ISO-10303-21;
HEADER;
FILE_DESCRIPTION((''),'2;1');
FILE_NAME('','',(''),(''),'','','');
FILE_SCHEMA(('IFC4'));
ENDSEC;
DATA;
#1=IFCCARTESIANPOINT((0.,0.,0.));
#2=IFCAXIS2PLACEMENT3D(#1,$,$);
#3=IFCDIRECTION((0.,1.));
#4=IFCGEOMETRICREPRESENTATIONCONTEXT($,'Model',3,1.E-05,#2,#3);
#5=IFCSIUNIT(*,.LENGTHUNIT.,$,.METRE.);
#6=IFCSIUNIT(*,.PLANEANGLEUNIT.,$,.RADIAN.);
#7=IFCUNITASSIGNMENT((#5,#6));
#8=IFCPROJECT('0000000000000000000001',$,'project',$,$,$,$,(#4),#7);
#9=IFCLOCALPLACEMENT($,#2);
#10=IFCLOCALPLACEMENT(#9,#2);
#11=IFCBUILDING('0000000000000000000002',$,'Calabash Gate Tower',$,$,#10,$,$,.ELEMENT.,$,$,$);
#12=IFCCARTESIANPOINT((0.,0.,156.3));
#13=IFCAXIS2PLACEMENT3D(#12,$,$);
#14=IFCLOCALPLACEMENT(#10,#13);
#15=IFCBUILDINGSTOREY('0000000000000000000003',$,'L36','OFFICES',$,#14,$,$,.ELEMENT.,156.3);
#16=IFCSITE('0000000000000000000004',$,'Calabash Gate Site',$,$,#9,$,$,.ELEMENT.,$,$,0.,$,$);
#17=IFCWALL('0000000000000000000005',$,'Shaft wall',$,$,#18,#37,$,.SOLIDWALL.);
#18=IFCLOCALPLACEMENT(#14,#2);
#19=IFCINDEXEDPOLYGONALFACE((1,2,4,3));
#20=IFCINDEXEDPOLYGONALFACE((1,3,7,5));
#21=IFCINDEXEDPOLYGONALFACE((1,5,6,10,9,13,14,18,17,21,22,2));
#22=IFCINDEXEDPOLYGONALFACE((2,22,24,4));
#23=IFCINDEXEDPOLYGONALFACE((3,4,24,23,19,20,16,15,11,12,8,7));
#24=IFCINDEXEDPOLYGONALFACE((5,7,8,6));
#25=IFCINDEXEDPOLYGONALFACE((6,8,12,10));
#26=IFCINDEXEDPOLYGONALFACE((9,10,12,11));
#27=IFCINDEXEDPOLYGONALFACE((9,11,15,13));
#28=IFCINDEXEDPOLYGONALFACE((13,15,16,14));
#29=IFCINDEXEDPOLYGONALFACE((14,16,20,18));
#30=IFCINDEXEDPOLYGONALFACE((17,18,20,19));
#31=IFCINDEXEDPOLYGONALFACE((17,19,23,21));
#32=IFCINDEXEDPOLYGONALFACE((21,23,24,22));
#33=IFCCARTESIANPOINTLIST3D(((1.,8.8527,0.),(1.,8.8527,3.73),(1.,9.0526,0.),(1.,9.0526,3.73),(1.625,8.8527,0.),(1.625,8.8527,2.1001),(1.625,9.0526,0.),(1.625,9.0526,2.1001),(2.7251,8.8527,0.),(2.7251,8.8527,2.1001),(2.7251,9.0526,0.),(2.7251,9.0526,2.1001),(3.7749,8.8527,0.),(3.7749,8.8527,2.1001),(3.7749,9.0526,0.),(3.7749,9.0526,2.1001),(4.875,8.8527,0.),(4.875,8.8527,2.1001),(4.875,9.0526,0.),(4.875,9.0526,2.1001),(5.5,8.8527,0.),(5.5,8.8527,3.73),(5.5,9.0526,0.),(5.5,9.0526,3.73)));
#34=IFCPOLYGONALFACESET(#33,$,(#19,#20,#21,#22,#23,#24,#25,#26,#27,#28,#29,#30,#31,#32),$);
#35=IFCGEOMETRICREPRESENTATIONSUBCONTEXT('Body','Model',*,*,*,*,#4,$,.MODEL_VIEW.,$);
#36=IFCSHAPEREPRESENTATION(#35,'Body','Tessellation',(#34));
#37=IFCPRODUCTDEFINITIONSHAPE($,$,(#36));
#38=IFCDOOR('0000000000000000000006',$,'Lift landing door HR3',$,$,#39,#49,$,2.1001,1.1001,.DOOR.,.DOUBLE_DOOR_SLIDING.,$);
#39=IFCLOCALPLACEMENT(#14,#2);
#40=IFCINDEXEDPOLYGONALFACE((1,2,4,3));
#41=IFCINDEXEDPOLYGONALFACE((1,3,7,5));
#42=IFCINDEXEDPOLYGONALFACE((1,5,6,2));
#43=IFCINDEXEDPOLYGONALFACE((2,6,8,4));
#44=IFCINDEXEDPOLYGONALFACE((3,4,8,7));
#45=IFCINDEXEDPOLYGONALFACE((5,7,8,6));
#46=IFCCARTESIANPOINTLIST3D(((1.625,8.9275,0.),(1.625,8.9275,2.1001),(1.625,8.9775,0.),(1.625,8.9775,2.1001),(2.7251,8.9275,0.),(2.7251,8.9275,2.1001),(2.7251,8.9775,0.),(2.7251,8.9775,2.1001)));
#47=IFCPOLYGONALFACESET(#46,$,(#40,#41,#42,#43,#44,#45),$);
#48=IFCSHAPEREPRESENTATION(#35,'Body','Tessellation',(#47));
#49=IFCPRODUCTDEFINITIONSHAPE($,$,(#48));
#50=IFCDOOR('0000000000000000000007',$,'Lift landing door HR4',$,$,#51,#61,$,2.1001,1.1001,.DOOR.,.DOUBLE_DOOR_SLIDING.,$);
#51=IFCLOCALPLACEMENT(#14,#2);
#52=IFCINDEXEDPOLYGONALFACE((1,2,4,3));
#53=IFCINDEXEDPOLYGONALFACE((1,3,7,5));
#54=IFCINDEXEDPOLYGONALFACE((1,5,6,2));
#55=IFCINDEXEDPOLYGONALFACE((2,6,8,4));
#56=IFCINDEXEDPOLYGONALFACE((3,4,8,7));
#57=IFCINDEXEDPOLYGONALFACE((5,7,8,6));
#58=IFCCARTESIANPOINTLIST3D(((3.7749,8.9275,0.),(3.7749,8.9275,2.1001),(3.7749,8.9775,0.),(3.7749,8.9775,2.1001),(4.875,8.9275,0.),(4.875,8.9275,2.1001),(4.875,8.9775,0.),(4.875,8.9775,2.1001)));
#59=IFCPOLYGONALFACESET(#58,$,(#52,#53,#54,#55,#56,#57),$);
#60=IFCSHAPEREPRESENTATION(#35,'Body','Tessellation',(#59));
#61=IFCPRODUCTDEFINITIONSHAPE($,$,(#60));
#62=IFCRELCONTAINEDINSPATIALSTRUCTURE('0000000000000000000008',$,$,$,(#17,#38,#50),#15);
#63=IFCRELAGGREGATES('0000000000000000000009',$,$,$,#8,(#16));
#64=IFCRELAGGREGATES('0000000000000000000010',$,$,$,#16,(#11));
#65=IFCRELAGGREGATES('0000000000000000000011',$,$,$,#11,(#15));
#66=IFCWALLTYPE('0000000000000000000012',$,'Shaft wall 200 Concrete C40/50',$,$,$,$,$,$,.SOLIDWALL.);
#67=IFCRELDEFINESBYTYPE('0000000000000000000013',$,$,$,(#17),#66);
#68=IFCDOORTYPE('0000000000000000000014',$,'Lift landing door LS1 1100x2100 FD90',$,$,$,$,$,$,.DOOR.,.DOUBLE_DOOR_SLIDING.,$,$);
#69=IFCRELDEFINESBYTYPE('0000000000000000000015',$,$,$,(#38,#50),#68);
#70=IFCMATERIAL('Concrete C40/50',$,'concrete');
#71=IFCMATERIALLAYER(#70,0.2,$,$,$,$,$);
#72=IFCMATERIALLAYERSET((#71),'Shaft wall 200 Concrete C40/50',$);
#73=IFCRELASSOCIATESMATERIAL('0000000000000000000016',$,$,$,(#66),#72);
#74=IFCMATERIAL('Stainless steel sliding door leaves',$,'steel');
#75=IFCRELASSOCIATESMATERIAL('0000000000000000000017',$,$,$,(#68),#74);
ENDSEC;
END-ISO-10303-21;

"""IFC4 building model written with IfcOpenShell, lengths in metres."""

from ifc_helpers import new_model, si_unit, direction, frame, frame_2d, origin, place, context, subcontext, project, spatial, rectangle, extrude, material, layer, layer_set, type_object, element, fill, save


model = new_model("IFC4")

# Units and contexts
model_context = context("Model", 3, precision=1e-05, world=origin(), true_north=direction((0.0, 1.0)))
body_context = subcontext(model_context, "Body", "Model", "MODEL_VIEW")
ifc_project = project(units=[si_unit("LENGTHUNIT", "METRE"), si_unit("PLANEANGLEUNIT", "RADIAN")], contexts=[model_context])

# Site, building, storey
site_placement = place(None, origin())
site = spatial("IfcSite", under=ifc_project, at=site_placement, Name="Calabash Gate Site", CompositionType="ELEMENT", RefElevation=0.0)
building_placement = place(site_placement, origin())
building = spatial("IfcBuilding", under=site, at=building_placement, Name="Calabash Gate Tower", CompositionType="ELEMENT")
storey_placement = place(building_placement, frame((0.0, 0.0, 156.3)))
storey = spatial("IfcBuildingStorey", under=building, at=storey_placement, Name="L36", Description="OFFICES", CompositionType="ELEMENT", Elevation=156.3)

# Shared definitions
ifc_material_1 = material(Name="Concrete C40/50", Category="concrete")
ifc_layer_1 = layer(ifc_material_1, 0.2)
ifc_layer_set_1 = layer_set([ifc_layer_1], Name="Shaft wall 200 Concrete C40/50")
wall_type_1 = type_object("IfcWallType", Name="Shaft wall 200 Concrete C40/50", PredefinedType="SOLIDWALL", material=ifc_layer_set_1)

# Wall, openings, doors
wall_1_placement = place(storey_placement, frame((1.0, 8.9526, 0.0), z_axis=(0.0, 0.0, 1.0), x_axis=(1.0, 0.0, 0.0)))
wall_1 = element("IfcWall", 1, at=wall_1_placement, inside=storey, type_object=wall_type_1, Name="Shaft wall", PredefinedType="SOLIDWALL", context=body_context, shape_type="SweptSolid", body=[
    extrude(rectangle(XDim=4.5, YDim=0.2, at=frame_2d((2.25, 0.0))), origin(), (0.0, 0.0, 1.0), 3.73),
])
opening_1_placement = place(wall_1_placement, frame((0.625, 0.0, 0.0)))
opening_1 = element("IfcOpeningElement", 2, at=opening_1_placement, cuts=wall_1, PredefinedType="OPENING", context=body_context, shape_type="SweptSolid", body=[
    extrude(rectangle(XDim=1.1001, YDim=2.1001, at=frame_2d((0.55, 1.05))), frame((0.0, 0.1099, 0.0), z_axis=(0.0, -1.0, 0.0), x_axis=(1.0, 0.0, 0.0)), (0.0, 0.0, 1.0), 0.22),
])
opening_2_placement = place(wall_1_placement, frame((2.7749, 0.0, 0.0)))
opening_2 = element("IfcOpeningElement", 3, at=opening_2_placement, cuts=wall_1, PredefinedType="OPENING", context=body_context, shape_type="SweptSolid", body=[
    extrude(rectangle(XDim=1.1001, YDim=2.1001, at=frame_2d((0.55, 1.05))), frame((0.0, 0.1099, 0.0), z_axis=(0.0, -1.0, 0.0), x_axis=(1.0, 0.0, 0.0)), (0.0, 0.0, 1.0), 0.22),
])
ifc_material_2 = material(Name="Stainless steel sliding door leaves", Category="steel")
door_type_1 = type_object("IfcDoorType", Name="Lift landing door LS1 1100x2100 FD90", OperationType="DOUBLE_DOOR_SLIDING", PredefinedType="DOOR", material=ifc_material_2)
door_1_placement = place(opening_1_placement, origin())
door_1 = element("IfcDoor", 4, at=door_1_placement, inside=storey, type_object=door_type_1, Name="Lift landing door HR3", OperationType="DOUBLE_DOOR_SLIDING", OverallHeight=2.1001, OverallWidth=1.1001, PredefinedType="DOOR", context=body_context, shape_type="SweptSolid", body=[
    extrude(rectangle(XDim=1.1001, YDim=2.1001, at=frame_2d((0.55, 1.05))), frame((0.0, 0.0249, 0.0), z_axis=(0.0, -1.0, 0.0), x_axis=(1.0, 0.0, 0.0)), (0.0, 0.0, 1.0), 0.05),
])
fill(opening_1, door_1)
door_2_placement = place(opening_2_placement, origin())
door_2 = element("IfcDoor", 5, at=door_2_placement, inside=storey, type_object=door_type_1, Name="Lift landing door HR4", OperationType="DOUBLE_DOOR_SLIDING", OverallHeight=2.1001, OverallWidth=1.1001, PredefinedType="DOOR", context=body_context, shape_type="SweptSolid", body=[
    extrude(rectangle(XDim=1.1001, YDim=2.1001, at=frame_2d((0.55, 1.05))), frame((0.0, 0.0249, 0.0), z_axis=(0.0, -1.0, 0.0), x_axis=(1.0, 0.0, 0.0)), (0.0, 0.0, 1.0), 0.05),
])
fill(opening_2, door_2)

save(model, "model.ifc")
